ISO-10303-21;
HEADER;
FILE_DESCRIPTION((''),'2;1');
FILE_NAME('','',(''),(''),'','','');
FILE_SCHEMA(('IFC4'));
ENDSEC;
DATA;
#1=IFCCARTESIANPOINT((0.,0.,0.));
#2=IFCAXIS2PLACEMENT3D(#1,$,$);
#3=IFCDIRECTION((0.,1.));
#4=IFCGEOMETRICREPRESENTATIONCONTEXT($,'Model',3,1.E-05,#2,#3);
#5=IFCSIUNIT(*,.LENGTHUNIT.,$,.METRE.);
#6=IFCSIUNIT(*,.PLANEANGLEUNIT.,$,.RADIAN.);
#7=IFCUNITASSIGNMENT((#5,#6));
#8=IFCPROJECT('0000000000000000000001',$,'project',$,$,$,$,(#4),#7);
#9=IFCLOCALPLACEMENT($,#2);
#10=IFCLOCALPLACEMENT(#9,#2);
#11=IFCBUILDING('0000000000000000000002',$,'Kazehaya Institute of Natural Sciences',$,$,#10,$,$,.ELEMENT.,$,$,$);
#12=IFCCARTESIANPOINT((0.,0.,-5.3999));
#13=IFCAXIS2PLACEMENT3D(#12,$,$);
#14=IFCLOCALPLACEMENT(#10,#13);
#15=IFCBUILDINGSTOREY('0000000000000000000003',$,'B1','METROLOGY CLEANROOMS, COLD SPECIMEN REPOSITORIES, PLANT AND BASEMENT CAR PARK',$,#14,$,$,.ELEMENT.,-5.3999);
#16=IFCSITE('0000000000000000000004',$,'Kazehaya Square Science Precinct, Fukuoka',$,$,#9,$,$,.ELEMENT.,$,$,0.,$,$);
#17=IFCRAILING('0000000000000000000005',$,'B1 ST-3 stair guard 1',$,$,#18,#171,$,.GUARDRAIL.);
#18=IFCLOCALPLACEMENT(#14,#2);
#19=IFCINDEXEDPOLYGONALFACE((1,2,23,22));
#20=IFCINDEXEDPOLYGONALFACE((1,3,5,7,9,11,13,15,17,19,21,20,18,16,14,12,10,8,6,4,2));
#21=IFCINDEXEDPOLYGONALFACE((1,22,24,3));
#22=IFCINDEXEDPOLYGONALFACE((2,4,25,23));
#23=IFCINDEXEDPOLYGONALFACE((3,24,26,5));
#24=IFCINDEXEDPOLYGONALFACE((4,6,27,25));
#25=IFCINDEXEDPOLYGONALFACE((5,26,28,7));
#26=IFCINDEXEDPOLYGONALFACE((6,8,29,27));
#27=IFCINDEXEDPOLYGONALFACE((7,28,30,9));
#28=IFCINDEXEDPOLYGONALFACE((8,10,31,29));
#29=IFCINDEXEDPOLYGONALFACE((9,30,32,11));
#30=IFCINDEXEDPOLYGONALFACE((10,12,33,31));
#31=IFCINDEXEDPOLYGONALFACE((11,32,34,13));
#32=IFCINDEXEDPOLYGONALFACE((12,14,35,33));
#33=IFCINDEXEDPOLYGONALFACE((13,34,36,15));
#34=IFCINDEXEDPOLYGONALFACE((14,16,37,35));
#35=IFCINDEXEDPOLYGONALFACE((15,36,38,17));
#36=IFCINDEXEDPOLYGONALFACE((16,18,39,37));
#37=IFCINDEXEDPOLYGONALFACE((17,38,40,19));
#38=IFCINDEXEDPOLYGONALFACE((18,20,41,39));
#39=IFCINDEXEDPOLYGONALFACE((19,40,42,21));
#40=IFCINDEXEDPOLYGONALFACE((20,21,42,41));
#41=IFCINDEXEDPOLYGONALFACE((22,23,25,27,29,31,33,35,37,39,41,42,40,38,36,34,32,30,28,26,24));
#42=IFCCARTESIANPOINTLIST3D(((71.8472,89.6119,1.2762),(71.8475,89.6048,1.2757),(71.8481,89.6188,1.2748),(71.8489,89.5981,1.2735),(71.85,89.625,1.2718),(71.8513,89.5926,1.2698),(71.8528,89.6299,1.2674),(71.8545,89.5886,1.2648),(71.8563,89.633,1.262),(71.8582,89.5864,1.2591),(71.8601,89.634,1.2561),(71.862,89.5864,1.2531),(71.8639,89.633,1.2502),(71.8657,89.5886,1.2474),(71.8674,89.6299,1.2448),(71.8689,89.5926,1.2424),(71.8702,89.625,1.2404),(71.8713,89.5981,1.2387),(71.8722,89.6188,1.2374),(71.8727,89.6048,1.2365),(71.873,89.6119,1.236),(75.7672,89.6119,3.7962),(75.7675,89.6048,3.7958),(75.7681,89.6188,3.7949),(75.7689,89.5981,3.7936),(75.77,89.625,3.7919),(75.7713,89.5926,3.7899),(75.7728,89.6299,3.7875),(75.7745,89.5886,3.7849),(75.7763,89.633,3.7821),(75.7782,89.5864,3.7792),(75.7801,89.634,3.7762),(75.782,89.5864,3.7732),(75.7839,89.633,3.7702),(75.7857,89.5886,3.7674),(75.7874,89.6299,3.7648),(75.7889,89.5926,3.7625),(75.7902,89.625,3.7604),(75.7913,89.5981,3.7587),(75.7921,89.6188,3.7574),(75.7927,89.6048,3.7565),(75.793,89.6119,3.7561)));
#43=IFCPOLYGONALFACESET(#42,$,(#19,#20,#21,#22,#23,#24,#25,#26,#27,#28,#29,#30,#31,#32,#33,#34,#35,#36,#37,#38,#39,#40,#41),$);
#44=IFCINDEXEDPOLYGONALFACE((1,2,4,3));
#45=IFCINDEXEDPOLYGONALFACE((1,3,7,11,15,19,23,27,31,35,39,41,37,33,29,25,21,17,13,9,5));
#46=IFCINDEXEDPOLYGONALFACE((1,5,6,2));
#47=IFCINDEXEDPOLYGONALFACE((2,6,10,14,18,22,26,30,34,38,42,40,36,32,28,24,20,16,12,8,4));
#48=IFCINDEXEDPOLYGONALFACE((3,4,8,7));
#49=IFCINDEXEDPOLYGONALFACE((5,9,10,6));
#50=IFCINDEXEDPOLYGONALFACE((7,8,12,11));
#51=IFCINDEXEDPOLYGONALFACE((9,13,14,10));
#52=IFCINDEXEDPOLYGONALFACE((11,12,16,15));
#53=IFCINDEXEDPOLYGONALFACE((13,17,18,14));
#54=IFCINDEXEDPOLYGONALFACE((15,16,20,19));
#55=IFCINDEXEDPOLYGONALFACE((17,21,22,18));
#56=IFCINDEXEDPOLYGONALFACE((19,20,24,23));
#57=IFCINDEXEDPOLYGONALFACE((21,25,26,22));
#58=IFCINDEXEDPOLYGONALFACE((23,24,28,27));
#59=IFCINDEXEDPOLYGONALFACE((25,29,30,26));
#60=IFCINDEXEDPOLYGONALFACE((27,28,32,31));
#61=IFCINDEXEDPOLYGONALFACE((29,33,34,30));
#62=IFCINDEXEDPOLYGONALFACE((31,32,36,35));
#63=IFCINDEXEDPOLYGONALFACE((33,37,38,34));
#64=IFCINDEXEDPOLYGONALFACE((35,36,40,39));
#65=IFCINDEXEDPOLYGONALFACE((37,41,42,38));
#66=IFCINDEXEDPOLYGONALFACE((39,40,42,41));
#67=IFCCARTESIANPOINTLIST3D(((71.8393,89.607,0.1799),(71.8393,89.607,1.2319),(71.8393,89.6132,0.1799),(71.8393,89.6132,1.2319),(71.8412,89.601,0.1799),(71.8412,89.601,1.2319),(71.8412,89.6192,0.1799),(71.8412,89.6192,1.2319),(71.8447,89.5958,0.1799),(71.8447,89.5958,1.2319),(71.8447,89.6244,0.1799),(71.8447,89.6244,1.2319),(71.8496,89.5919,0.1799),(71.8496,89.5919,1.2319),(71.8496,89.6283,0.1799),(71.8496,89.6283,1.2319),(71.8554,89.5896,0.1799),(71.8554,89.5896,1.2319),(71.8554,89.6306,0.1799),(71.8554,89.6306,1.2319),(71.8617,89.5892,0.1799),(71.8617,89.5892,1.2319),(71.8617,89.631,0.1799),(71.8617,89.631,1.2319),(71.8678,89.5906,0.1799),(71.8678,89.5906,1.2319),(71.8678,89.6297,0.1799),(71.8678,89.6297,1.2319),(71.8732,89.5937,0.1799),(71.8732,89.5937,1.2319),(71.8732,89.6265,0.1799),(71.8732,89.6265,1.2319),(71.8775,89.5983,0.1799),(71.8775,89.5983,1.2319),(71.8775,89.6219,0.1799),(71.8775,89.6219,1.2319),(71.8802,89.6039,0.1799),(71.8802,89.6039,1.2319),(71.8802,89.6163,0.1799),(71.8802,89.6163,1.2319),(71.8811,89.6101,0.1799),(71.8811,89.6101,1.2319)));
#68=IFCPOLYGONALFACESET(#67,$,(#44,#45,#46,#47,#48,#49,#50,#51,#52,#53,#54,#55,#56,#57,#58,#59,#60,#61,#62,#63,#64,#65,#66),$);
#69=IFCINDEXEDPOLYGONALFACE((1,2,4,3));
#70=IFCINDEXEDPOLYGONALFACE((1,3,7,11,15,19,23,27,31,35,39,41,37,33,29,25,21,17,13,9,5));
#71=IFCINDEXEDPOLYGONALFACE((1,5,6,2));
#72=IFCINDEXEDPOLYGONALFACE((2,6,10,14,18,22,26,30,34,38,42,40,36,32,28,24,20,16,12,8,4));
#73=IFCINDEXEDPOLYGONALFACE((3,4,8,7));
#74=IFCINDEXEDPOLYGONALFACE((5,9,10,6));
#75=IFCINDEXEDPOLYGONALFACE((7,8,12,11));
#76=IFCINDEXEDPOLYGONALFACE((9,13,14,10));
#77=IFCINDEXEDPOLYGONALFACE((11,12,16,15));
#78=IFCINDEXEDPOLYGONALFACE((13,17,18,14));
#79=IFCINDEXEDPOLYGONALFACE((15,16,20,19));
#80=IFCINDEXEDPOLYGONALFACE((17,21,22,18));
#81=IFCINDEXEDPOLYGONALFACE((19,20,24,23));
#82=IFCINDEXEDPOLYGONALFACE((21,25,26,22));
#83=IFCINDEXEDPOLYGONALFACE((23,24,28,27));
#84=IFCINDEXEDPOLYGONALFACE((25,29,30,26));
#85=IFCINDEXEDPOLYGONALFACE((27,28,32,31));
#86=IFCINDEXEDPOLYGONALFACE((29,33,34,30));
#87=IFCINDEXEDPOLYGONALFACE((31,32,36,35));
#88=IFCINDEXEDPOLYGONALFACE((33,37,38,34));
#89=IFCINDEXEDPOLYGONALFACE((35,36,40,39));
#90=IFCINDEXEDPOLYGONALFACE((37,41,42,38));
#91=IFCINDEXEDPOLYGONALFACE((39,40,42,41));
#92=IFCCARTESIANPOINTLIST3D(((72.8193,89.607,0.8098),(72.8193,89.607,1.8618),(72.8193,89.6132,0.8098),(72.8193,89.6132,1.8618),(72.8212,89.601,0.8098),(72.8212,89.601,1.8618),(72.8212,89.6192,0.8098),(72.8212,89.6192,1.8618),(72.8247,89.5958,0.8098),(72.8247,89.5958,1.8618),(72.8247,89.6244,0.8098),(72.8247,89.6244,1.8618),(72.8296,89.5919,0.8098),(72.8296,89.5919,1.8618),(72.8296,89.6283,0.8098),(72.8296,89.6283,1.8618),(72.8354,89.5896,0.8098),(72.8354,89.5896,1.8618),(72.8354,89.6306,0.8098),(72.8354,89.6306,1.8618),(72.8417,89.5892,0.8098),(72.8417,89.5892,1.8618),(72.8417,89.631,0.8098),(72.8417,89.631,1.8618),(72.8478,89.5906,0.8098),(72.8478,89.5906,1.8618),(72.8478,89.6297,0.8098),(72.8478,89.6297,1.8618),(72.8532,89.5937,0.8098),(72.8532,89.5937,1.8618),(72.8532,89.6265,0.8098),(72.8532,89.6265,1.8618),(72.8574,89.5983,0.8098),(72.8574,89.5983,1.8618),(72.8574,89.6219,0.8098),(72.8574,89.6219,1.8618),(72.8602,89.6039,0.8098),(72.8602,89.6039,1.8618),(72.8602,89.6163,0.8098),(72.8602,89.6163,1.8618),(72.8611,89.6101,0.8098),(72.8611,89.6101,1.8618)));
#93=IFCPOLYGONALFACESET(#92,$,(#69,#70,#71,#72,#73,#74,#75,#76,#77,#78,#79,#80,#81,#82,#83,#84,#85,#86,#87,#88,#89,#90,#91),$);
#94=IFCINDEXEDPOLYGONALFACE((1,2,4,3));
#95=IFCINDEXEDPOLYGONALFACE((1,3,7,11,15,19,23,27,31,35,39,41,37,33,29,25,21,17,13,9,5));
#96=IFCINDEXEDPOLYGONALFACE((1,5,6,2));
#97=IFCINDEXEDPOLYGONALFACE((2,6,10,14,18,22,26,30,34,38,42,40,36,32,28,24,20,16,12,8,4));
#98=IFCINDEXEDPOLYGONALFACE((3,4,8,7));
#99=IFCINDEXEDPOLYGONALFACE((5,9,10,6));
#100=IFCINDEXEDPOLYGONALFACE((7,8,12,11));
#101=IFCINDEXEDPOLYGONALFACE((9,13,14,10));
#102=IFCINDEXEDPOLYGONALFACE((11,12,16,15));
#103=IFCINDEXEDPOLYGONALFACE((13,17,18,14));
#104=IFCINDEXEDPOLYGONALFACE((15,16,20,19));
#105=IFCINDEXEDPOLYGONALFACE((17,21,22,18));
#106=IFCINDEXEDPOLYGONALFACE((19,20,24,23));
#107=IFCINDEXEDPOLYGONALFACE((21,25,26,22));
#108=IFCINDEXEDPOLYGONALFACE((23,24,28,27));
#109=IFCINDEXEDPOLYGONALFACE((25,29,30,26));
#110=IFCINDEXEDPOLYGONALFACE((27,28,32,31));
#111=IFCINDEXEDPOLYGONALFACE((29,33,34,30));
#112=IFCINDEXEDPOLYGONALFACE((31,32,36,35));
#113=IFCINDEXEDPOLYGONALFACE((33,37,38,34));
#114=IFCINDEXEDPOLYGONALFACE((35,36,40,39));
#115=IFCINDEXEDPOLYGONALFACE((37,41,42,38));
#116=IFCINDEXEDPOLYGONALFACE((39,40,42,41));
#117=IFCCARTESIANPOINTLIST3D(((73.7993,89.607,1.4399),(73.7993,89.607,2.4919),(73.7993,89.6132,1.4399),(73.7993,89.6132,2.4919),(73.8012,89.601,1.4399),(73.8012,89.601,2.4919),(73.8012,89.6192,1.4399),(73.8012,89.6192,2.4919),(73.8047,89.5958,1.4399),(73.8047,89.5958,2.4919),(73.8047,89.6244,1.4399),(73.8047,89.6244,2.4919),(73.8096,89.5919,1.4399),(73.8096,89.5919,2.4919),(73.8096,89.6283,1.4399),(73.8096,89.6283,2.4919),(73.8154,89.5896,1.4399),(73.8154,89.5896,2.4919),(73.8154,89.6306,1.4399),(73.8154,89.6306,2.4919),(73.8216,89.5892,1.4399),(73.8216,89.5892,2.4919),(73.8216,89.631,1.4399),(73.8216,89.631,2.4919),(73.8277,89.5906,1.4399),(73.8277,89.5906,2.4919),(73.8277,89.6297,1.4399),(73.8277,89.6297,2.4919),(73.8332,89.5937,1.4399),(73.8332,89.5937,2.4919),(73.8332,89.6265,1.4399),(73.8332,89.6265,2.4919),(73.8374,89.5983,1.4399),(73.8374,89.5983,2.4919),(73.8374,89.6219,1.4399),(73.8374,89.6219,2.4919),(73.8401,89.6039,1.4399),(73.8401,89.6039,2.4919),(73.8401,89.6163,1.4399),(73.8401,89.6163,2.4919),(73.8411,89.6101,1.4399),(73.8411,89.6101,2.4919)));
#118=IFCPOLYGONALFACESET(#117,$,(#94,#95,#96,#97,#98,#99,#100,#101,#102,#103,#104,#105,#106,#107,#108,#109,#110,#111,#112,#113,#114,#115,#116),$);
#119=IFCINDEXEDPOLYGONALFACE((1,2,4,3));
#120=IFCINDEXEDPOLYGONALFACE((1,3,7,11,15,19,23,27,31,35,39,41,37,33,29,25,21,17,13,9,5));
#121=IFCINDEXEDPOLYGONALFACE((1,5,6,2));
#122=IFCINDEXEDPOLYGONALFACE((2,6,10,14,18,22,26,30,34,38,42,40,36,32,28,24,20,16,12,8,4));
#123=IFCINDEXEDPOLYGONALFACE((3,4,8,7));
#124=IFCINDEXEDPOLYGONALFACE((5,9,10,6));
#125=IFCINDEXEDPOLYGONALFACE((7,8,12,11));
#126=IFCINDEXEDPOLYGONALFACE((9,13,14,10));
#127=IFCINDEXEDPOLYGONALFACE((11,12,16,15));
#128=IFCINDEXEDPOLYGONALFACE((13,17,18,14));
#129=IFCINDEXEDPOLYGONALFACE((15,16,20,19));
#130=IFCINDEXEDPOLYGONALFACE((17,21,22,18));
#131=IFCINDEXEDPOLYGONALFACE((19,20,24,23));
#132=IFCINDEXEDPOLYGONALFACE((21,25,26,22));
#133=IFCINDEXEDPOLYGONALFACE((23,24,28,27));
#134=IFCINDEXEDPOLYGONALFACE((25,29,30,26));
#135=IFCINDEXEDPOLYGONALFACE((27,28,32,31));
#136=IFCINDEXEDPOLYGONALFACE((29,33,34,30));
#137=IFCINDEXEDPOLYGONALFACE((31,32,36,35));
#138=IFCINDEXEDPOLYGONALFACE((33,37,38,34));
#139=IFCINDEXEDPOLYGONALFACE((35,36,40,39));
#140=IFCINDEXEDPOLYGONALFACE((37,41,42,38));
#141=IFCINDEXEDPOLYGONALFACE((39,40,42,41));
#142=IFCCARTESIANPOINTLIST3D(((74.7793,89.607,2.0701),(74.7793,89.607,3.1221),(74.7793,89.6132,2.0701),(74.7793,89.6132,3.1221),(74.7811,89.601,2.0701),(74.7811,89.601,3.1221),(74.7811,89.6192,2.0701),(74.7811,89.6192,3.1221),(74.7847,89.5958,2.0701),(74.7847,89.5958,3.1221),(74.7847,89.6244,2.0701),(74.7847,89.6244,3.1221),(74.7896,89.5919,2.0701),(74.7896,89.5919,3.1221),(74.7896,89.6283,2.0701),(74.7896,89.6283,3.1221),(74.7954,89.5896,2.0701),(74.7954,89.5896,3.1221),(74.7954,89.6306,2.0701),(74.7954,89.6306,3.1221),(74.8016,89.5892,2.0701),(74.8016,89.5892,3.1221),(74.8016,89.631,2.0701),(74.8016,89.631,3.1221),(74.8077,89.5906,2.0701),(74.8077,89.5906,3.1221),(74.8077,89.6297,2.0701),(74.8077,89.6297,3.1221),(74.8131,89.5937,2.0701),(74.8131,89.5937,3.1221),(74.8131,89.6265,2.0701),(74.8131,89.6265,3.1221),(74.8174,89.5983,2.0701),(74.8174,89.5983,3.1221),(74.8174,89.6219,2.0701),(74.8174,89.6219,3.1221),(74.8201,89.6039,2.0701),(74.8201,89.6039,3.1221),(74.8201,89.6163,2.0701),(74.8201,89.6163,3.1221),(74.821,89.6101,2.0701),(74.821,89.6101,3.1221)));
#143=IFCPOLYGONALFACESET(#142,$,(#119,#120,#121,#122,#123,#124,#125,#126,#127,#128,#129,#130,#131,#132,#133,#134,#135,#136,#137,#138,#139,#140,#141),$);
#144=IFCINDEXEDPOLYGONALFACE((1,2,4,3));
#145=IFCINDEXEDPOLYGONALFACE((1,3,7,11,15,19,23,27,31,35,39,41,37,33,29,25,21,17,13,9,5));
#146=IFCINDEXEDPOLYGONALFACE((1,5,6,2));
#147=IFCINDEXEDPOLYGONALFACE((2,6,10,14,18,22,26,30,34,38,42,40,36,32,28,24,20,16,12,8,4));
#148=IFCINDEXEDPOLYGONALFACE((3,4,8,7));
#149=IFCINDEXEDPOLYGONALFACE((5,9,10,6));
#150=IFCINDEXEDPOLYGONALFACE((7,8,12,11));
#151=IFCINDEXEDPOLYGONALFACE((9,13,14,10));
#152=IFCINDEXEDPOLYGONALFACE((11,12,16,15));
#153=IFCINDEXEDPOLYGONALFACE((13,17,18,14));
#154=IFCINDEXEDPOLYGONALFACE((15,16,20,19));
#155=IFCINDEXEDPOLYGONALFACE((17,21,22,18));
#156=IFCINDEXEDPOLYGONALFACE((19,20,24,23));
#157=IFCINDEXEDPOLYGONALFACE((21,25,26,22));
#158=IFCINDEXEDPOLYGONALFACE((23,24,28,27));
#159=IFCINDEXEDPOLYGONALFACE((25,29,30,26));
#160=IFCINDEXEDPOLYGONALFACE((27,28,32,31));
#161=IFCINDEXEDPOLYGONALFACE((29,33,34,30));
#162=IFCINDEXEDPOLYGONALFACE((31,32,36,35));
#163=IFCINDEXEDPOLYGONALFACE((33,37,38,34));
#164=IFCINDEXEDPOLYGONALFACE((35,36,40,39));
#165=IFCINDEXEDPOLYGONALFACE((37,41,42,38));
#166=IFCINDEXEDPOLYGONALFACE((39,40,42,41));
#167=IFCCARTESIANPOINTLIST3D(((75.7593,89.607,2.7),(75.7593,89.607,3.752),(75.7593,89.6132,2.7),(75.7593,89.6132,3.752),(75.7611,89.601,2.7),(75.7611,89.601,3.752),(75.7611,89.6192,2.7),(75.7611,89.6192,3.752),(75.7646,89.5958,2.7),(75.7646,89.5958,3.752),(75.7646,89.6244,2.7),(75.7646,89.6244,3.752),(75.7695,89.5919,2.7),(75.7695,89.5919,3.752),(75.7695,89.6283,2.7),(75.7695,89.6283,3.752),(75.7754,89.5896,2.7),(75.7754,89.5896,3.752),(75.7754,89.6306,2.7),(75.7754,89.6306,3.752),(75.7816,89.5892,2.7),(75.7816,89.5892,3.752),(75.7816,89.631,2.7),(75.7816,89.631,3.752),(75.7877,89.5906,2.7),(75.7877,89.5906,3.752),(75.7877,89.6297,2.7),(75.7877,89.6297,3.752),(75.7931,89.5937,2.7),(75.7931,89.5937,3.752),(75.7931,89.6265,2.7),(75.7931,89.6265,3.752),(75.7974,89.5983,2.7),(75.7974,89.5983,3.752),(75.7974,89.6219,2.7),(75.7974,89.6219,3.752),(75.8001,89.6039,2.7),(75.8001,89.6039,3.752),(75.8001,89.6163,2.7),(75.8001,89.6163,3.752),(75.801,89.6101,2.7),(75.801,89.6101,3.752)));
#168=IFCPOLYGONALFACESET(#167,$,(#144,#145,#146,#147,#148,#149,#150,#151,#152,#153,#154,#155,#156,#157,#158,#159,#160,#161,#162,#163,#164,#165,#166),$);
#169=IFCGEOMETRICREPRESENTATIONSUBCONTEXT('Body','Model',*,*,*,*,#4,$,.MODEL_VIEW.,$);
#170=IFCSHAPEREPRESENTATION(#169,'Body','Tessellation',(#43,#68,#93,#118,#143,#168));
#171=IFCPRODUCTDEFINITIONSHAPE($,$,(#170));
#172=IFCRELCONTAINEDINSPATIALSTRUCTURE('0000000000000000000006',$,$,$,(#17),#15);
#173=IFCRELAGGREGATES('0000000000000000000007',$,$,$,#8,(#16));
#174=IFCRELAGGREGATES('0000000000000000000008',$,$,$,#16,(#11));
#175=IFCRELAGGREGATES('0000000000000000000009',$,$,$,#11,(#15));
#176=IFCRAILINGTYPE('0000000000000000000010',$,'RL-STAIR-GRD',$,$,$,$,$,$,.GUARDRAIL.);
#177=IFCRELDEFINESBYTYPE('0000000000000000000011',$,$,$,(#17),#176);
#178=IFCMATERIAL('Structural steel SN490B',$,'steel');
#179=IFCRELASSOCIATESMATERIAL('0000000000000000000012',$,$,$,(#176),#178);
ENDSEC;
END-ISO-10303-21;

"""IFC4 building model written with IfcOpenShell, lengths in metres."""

from ifc_helpers import new_model, si_unit, direction, frame, origin, origin_2d, place, context, subcontext, project, spatial, circle, extrude, material, type_object, element, save


model = new_model("IFC4")

# Units and contexts
model_context = context("Model", 3, precision=1e-05, world=origin(), true_north=direction((0.0, 1.0)))
body_context = subcontext(model_context, "Body", "Model", "MODEL_VIEW")
ifc_project = project(units=[si_unit("LENGTHUNIT", "METRE"), si_unit("PLANEANGLEUNIT", "RADIAN")], contexts=[model_context])

# Site, building, storey
site_placement = place(None, origin())
site = spatial("IfcSite", under=ifc_project, at=site_placement, Name="Kazehaya Square Science Precinct, Fukuoka", CompositionType="ELEMENT", RefElevation=0.0)
building_placement = place(site_placement, origin())
building = spatial("IfcBuilding", under=site, at=building_placement, Name="Kazehaya Institute of Natural Sciences", CompositionType="ELEMENT")
storey_placement = place(building_placement, frame((0.0, 0.0, -5.3999)))
storey = spatial("IfcBuildingStorey", under=building, at=storey_placement, Name="B1", Description="METROLOGY CLEANROOMS, COLD SPECIMEN REPOSITORIES, PLANT AND BASEMENT CAR PARK", CompositionType="ELEMENT", Elevation=-5.3999)

# Railing
ifc_material_1 = material(Name="Structural steel SN490B", Category="steel")
railing_type_1 = type_object("IfcRailingType", Name="RL-STAIR-GRD", PredefinedType="GUARDRAIL", material=ifc_material_1)
railing_1_placement = place(storey_placement, frame((71.8601, 89.6101, 0.1799)))
element("IfcRailing", 1, at=railing_1_placement, inside=storey, type_object=railing_type_1, Name="B1 ST-3 stair guard 1", PredefinedType="GUARDRAIL", context=body_context, shape_type="SweptSolid", body=[
    extrude(circle(Radius=0.0239, at=origin_2d()), frame((0.0, 0.0, 1.0762), z_axis=(0.841172, 0.0, 0.540768), x_axis=(0.0, 1.0, 0.0)), (0.0, 0.0, 1.0), 4.6602),
    extrude(circle(Radius=0.021, at=origin_2d()), origin(), (0.0, 0.0, 1.0), 1.052),
    extrude(circle(Radius=0.021, at=origin_2d()), frame((0.98, 0.0, 0.6299)), (0.0, 0.0, 1.0), 1.052),
    extrude(circle(Radius=0.021, at=origin_2d()), frame((1.96, 0.0, 1.26)), (0.0, 0.0, 1.0), 1.052),
    extrude(circle(Radius=0.021, at=origin_2d()), frame((2.9399, 0.0, 1.8901)), (0.0, 0.0, 1.0), 1.052),
    extrude(circle(Radius=0.021, at=origin_2d()), frame((3.9199, 0.0, 2.52)), (0.0, 0.0, 1.0), 1.052),
])

save(model, "model.ifc")
